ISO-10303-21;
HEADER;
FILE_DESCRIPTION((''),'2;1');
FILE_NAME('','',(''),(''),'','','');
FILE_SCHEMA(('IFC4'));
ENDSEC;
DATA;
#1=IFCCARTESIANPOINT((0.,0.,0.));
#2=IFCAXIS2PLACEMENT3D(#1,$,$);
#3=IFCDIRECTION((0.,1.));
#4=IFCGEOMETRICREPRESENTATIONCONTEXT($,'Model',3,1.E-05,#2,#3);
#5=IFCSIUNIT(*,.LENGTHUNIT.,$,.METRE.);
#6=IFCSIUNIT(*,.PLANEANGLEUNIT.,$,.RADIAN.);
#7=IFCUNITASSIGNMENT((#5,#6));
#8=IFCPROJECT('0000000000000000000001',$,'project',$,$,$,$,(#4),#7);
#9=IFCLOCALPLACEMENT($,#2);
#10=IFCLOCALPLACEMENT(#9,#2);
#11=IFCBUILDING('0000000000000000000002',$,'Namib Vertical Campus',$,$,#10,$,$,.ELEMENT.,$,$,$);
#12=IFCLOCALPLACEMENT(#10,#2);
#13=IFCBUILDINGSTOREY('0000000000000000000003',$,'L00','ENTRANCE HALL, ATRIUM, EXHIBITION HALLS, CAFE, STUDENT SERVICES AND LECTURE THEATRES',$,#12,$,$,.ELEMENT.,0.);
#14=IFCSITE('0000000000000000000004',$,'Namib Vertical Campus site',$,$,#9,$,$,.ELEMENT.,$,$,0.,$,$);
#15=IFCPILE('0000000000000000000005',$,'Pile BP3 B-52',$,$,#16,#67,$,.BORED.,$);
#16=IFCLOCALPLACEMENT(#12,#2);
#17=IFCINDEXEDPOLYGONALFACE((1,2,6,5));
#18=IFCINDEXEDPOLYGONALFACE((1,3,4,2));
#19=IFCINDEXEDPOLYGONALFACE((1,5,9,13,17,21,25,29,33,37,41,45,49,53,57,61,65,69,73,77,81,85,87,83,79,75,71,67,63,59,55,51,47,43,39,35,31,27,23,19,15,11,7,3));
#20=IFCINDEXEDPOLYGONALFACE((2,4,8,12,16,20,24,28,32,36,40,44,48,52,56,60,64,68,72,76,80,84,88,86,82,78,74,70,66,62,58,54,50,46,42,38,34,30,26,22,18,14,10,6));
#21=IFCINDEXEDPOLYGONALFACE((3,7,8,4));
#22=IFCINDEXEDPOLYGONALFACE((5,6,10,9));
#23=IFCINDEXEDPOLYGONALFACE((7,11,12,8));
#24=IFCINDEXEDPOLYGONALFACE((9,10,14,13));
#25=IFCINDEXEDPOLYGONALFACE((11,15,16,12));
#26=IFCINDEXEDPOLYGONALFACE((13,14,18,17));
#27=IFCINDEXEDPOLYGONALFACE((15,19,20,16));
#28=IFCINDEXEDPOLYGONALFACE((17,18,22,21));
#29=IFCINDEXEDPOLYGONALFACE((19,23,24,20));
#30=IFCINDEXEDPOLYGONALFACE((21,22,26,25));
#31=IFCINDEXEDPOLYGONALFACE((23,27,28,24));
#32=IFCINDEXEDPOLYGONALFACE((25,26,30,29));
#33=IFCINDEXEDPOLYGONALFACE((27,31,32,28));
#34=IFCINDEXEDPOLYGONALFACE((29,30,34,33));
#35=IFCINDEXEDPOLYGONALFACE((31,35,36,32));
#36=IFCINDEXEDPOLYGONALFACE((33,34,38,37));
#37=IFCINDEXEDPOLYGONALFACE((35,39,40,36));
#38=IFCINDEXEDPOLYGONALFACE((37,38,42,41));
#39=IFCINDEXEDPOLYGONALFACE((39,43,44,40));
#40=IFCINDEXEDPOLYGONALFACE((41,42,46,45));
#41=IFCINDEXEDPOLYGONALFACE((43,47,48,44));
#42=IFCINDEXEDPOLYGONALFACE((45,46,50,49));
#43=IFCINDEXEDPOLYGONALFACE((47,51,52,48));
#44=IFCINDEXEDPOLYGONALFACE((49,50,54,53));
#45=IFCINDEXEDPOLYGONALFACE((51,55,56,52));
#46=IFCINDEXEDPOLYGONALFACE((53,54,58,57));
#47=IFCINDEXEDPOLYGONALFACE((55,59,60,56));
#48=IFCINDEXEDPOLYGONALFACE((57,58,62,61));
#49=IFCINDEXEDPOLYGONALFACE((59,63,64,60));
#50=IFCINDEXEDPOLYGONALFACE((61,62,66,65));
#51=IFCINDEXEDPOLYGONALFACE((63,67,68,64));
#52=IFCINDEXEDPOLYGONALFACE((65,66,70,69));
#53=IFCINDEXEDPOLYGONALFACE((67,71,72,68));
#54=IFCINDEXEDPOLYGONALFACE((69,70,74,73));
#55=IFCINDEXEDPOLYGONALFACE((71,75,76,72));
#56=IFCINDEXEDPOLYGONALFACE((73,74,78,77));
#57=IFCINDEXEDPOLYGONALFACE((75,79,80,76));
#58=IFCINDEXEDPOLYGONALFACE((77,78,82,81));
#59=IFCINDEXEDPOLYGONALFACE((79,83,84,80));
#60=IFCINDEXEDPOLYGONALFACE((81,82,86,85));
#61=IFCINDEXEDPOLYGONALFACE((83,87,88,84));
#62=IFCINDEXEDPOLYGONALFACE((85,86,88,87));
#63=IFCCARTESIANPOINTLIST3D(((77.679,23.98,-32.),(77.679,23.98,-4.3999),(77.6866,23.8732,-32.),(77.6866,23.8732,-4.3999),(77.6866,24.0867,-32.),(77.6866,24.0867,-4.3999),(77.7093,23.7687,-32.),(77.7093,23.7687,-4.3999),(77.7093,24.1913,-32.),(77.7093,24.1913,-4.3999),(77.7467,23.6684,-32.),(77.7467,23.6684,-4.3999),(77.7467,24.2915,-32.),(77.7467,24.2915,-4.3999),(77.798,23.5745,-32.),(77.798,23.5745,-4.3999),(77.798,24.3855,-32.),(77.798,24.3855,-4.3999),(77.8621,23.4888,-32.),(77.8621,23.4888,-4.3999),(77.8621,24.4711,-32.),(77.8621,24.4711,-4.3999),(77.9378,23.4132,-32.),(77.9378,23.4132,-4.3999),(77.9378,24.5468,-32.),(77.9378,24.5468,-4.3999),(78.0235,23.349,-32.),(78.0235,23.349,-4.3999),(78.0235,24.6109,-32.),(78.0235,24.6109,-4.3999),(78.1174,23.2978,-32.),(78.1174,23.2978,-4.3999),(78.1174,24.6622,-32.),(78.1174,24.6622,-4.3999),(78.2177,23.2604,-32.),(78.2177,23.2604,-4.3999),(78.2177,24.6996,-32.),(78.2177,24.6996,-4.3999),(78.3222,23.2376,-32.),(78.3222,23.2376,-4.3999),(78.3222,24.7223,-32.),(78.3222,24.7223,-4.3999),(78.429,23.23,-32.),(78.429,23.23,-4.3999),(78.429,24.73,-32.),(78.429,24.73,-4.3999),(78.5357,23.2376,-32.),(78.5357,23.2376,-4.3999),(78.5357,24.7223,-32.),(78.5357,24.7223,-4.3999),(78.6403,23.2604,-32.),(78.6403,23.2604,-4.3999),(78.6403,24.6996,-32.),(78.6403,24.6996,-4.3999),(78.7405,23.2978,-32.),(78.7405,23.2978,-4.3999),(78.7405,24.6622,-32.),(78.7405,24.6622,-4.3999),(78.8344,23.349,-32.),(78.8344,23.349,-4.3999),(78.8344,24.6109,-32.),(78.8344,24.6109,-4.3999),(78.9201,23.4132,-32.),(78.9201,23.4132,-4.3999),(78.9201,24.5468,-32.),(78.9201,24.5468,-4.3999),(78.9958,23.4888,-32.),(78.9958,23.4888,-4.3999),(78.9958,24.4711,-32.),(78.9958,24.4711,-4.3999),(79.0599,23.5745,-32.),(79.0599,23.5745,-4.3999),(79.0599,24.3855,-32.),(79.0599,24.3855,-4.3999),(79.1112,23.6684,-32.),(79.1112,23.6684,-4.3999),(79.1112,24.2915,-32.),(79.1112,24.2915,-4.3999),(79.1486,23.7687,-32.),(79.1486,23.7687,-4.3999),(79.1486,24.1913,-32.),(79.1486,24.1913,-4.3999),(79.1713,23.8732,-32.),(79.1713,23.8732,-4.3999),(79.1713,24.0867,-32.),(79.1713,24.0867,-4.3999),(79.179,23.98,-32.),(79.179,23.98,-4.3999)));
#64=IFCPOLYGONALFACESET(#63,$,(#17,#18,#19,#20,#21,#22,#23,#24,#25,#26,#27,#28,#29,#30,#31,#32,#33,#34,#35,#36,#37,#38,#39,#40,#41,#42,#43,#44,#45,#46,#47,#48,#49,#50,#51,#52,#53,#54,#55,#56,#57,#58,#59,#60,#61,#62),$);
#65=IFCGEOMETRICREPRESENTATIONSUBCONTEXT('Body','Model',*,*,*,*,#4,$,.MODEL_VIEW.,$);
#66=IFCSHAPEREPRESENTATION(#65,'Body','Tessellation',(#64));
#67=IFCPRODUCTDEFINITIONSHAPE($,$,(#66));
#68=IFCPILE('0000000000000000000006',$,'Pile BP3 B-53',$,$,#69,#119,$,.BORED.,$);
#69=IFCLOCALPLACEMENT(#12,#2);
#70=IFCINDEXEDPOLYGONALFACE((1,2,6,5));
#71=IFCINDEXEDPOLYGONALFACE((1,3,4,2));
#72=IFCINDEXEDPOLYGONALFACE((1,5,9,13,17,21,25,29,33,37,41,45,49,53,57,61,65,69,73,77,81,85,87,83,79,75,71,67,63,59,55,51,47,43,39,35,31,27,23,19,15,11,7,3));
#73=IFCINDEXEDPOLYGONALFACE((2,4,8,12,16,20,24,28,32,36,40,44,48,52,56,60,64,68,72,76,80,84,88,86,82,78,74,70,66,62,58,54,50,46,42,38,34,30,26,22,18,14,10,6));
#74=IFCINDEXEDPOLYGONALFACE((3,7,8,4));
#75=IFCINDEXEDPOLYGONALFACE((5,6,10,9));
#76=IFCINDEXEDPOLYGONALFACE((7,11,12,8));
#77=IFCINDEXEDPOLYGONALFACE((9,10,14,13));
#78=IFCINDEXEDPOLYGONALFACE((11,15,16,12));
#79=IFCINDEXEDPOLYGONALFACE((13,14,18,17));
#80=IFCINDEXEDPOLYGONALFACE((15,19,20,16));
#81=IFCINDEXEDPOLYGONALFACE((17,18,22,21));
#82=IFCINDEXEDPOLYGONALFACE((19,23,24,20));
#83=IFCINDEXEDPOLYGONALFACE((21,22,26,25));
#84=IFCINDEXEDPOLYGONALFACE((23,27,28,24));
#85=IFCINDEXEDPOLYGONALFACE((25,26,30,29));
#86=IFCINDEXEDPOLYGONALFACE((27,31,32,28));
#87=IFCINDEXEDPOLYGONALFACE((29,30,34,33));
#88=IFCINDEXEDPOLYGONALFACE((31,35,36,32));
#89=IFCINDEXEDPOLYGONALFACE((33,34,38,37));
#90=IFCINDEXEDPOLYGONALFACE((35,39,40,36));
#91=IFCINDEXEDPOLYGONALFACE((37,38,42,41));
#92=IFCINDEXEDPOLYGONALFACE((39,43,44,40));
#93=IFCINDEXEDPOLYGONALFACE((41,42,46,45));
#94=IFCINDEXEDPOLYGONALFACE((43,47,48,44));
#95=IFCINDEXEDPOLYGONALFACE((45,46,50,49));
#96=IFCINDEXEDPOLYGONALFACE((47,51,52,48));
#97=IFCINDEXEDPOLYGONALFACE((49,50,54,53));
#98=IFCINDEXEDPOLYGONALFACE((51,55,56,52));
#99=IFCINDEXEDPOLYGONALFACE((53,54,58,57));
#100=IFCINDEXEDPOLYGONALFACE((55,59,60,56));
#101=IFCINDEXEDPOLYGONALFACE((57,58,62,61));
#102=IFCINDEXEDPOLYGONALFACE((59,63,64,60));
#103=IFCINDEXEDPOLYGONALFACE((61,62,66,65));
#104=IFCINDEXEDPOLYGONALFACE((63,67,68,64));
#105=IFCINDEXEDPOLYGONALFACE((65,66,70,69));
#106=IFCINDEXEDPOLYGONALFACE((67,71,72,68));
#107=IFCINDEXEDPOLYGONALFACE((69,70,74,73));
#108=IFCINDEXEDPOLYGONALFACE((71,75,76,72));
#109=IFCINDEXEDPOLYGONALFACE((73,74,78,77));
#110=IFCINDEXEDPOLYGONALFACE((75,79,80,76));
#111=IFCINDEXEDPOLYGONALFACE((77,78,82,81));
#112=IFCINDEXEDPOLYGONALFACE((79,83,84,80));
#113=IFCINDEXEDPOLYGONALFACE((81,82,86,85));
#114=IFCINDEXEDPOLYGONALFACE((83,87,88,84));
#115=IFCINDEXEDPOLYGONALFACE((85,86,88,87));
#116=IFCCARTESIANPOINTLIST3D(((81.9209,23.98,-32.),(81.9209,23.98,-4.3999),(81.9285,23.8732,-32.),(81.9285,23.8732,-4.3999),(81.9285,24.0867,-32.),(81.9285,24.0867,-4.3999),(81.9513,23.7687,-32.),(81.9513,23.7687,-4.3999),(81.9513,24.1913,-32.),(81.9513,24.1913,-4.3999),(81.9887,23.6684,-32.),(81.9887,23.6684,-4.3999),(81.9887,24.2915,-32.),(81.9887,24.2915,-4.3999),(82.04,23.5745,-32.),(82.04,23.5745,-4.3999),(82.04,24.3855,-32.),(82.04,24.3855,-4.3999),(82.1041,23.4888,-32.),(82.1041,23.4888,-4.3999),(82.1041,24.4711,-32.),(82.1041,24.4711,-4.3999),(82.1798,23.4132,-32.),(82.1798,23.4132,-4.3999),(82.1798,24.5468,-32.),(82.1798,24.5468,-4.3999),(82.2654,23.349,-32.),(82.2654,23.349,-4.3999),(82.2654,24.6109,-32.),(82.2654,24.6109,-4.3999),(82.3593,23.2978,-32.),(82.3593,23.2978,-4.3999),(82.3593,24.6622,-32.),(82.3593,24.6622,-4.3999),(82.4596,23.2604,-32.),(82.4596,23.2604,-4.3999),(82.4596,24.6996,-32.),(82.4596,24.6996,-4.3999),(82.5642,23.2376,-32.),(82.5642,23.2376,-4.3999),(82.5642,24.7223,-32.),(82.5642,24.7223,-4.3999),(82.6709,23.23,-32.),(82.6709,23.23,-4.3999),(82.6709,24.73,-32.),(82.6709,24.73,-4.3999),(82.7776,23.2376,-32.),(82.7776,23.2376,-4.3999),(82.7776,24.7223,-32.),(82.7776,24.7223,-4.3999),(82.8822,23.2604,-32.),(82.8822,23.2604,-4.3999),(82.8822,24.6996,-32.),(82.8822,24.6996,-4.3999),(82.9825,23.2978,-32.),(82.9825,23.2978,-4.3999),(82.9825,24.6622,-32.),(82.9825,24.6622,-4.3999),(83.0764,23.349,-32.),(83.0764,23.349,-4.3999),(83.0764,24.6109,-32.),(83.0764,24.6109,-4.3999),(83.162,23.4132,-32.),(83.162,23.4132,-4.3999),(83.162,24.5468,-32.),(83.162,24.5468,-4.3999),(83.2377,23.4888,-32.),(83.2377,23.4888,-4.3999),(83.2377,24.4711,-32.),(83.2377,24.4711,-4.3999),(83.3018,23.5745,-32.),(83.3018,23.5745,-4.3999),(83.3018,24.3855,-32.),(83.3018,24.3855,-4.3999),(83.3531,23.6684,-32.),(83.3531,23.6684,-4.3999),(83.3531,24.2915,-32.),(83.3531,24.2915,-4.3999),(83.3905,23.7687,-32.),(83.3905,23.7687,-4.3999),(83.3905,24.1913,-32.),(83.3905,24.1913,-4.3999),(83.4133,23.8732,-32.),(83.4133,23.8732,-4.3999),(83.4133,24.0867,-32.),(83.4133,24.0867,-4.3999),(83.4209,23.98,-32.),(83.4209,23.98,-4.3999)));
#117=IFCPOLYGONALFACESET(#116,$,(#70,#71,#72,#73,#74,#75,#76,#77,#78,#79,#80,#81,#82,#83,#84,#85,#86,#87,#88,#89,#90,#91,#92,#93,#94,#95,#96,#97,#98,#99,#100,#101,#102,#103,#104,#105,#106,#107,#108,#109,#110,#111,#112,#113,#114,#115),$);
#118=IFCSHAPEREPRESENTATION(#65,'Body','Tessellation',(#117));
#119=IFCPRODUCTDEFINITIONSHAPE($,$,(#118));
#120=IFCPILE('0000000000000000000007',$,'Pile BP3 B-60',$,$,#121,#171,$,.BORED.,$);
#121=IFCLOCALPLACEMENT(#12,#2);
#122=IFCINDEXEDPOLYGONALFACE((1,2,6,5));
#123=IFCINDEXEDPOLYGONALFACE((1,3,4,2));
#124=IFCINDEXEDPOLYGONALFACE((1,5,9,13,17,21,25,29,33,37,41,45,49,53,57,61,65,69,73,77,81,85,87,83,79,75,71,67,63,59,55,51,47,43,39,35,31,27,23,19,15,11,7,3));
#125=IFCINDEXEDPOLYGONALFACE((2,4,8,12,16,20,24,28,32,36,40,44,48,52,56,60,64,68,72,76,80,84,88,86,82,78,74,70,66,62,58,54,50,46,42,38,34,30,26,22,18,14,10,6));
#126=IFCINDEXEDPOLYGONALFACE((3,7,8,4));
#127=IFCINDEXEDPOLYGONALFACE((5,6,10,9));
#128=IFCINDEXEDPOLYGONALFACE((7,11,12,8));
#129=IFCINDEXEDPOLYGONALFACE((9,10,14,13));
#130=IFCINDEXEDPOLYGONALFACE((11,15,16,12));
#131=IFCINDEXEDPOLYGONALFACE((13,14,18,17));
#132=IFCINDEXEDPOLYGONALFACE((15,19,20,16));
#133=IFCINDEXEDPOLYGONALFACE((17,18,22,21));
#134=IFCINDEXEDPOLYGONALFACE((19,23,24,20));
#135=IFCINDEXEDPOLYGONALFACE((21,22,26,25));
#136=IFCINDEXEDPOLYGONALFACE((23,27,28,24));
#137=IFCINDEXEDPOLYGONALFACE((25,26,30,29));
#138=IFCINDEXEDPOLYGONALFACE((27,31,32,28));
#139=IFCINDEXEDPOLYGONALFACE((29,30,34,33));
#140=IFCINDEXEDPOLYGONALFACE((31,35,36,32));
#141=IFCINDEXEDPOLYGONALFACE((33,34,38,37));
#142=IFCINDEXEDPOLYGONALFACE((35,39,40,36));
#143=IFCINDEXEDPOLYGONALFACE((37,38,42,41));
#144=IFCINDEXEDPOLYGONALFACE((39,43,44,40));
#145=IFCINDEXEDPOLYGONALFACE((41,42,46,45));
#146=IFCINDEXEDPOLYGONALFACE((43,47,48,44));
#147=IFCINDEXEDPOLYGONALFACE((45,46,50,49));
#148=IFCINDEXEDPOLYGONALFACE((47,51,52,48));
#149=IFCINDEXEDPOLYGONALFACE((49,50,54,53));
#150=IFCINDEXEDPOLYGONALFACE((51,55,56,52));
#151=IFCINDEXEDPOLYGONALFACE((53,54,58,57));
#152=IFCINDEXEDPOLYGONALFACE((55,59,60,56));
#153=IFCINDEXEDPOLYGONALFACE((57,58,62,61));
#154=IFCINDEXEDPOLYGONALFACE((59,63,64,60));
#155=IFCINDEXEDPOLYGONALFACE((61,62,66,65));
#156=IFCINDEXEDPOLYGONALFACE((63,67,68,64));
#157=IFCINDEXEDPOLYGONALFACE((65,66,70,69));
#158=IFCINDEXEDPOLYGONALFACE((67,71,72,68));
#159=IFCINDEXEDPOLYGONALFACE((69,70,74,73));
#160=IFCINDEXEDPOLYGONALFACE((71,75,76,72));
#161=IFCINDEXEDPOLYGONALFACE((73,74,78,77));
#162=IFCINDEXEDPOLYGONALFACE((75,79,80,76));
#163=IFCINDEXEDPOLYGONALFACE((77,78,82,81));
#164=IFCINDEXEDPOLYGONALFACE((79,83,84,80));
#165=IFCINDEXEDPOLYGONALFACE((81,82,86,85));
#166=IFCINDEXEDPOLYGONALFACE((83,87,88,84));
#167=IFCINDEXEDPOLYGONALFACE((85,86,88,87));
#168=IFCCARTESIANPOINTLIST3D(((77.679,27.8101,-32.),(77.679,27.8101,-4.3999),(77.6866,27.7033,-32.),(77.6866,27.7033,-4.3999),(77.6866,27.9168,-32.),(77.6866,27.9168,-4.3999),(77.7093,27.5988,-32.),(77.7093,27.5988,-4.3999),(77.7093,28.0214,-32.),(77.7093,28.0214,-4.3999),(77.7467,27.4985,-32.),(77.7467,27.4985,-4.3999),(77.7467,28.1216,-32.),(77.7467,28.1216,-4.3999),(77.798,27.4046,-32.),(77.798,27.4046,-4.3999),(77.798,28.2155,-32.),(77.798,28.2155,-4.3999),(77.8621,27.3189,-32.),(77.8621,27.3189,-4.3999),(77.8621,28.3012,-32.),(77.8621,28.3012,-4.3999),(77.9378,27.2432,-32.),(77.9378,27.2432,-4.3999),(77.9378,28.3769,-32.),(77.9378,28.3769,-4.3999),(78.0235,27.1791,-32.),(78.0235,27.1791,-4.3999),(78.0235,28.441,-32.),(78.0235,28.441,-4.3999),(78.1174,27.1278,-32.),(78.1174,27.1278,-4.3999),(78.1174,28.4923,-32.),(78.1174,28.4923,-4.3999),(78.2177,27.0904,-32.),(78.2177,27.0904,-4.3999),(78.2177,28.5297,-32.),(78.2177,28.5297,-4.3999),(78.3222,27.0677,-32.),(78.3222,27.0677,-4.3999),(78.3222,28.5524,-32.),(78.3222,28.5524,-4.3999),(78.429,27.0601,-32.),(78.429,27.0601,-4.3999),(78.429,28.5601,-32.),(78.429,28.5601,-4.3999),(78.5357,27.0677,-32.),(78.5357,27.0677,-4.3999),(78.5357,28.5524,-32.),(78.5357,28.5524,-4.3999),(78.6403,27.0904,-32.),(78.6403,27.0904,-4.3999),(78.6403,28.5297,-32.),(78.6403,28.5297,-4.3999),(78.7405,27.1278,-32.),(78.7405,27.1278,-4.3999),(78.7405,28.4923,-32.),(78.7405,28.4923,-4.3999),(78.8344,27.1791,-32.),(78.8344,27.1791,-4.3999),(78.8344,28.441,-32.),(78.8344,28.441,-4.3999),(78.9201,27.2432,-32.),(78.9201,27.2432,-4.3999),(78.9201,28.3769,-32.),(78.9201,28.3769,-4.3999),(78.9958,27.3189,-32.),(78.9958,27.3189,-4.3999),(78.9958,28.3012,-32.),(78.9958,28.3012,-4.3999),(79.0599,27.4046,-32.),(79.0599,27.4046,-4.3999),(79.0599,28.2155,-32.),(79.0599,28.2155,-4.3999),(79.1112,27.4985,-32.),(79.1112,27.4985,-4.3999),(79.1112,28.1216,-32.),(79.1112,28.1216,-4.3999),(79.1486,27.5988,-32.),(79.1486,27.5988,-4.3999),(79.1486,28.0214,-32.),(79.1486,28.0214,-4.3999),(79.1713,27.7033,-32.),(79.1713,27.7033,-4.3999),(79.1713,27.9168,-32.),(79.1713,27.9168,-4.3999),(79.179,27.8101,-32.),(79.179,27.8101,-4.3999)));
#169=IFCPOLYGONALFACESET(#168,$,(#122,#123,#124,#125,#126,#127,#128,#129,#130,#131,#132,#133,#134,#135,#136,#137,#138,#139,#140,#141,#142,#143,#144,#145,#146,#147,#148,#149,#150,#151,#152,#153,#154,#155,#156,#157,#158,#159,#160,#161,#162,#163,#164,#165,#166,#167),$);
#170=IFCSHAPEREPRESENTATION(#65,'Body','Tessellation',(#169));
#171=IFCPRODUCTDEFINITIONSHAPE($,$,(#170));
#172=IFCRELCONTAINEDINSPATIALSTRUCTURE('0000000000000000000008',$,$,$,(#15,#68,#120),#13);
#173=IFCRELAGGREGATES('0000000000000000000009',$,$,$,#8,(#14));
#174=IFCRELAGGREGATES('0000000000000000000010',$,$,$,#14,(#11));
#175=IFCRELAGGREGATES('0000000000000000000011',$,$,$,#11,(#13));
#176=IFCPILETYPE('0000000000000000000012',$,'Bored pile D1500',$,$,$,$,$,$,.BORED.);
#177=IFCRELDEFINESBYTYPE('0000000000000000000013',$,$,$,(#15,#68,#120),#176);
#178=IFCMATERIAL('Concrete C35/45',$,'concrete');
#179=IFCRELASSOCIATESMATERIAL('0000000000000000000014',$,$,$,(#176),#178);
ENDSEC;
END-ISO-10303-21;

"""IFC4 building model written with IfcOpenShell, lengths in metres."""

from ifc_helpers import new_model, si_unit, direction, frame, origin, origin_2d, place, context, subcontext, project, spatial, circle, extrude, material, material_profile, profile_set, type_object, element, save


model = new_model("IFC4")

# Units and contexts
model_context = context("Model", 3, precision=1e-05, world=origin(), true_north=direction((0.0, 1.0)))
body_context = subcontext(model_context, "Body", "Model", "MODEL_VIEW")
ifc_project = project(units=[si_unit("LENGTHUNIT", "METRE"), si_unit("PLANEANGLEUNIT", "RADIAN")], contexts=[model_context])

# Site, building, storey
site_placement = place(None, origin())
site = spatial("IfcSite", under=ifc_project, at=site_placement, Name="Namib Vertical Campus site", CompositionType="ELEMENT", RefElevation=0.0)
building_placement = place(site_placement, origin())
building = spatial("IfcBuilding", under=site, at=building_placement, Name="Namib Vertical Campus", CompositionType="ELEMENT")
storey_placement = place(building_placement, origin())
storey = spatial("IfcBuildingStorey", under=building, at=storey_placement, Name="L00", Description="ENTRANCE HALL, ATRIUM, EXHIBITION HALLS, CAFE, STUDENT SERVICES AND LECTURE THEATRES", CompositionType="ELEMENT", Elevation=0.0)

# Piles
ifc_material_1 = material(Name="Concrete C35/45", Category="concrete")
ifc_material_profile_1 = material_profile(ifc_material_1, circle(Radius=0.75, at=origin_2d()))
ifc_profile_set_1 = profile_set([ifc_material_profile_1], Name="Concrete C35/45")
pile_type = type_object("IfcPileType", Name="Bored pile D1500", PredefinedType="BORED", material=ifc_profile_set_1)
for number, where, z_axis, x_axis, name in (
    (1, (78.429, 23.98, -4.3999), (0.0, 0.0, -1.0), (1.0, 0.0, 0.0), "Pile BP3 B-52"),
    (2, (82.6709, 23.98, -4.3999), (0.0, 0.0, -1.0), (1.0, 0.0, 0.0), "Pile BP3 B-53"),
    (3, (78.429, 27.8101, -4.3999), (0.0, 0.0, -1.0), (1.0, 0.0, 0.0), "Pile BP3 B-60"),
):
    element("IfcPile", number, at=place(storey_placement, frame(where, z_axis=z_axis, x_axis=x_axis)), inside=storey, type_object=pile_type, Name=name, PredefinedType="BORED", context=body_context, shape_type="SweptSolid", body=[
        extrude(circle(Radius=0.75, at=origin_2d()), origin(), (0.0, 0.0, 1.0), 27.6001),
    ])

save(model, "model.ifc")
